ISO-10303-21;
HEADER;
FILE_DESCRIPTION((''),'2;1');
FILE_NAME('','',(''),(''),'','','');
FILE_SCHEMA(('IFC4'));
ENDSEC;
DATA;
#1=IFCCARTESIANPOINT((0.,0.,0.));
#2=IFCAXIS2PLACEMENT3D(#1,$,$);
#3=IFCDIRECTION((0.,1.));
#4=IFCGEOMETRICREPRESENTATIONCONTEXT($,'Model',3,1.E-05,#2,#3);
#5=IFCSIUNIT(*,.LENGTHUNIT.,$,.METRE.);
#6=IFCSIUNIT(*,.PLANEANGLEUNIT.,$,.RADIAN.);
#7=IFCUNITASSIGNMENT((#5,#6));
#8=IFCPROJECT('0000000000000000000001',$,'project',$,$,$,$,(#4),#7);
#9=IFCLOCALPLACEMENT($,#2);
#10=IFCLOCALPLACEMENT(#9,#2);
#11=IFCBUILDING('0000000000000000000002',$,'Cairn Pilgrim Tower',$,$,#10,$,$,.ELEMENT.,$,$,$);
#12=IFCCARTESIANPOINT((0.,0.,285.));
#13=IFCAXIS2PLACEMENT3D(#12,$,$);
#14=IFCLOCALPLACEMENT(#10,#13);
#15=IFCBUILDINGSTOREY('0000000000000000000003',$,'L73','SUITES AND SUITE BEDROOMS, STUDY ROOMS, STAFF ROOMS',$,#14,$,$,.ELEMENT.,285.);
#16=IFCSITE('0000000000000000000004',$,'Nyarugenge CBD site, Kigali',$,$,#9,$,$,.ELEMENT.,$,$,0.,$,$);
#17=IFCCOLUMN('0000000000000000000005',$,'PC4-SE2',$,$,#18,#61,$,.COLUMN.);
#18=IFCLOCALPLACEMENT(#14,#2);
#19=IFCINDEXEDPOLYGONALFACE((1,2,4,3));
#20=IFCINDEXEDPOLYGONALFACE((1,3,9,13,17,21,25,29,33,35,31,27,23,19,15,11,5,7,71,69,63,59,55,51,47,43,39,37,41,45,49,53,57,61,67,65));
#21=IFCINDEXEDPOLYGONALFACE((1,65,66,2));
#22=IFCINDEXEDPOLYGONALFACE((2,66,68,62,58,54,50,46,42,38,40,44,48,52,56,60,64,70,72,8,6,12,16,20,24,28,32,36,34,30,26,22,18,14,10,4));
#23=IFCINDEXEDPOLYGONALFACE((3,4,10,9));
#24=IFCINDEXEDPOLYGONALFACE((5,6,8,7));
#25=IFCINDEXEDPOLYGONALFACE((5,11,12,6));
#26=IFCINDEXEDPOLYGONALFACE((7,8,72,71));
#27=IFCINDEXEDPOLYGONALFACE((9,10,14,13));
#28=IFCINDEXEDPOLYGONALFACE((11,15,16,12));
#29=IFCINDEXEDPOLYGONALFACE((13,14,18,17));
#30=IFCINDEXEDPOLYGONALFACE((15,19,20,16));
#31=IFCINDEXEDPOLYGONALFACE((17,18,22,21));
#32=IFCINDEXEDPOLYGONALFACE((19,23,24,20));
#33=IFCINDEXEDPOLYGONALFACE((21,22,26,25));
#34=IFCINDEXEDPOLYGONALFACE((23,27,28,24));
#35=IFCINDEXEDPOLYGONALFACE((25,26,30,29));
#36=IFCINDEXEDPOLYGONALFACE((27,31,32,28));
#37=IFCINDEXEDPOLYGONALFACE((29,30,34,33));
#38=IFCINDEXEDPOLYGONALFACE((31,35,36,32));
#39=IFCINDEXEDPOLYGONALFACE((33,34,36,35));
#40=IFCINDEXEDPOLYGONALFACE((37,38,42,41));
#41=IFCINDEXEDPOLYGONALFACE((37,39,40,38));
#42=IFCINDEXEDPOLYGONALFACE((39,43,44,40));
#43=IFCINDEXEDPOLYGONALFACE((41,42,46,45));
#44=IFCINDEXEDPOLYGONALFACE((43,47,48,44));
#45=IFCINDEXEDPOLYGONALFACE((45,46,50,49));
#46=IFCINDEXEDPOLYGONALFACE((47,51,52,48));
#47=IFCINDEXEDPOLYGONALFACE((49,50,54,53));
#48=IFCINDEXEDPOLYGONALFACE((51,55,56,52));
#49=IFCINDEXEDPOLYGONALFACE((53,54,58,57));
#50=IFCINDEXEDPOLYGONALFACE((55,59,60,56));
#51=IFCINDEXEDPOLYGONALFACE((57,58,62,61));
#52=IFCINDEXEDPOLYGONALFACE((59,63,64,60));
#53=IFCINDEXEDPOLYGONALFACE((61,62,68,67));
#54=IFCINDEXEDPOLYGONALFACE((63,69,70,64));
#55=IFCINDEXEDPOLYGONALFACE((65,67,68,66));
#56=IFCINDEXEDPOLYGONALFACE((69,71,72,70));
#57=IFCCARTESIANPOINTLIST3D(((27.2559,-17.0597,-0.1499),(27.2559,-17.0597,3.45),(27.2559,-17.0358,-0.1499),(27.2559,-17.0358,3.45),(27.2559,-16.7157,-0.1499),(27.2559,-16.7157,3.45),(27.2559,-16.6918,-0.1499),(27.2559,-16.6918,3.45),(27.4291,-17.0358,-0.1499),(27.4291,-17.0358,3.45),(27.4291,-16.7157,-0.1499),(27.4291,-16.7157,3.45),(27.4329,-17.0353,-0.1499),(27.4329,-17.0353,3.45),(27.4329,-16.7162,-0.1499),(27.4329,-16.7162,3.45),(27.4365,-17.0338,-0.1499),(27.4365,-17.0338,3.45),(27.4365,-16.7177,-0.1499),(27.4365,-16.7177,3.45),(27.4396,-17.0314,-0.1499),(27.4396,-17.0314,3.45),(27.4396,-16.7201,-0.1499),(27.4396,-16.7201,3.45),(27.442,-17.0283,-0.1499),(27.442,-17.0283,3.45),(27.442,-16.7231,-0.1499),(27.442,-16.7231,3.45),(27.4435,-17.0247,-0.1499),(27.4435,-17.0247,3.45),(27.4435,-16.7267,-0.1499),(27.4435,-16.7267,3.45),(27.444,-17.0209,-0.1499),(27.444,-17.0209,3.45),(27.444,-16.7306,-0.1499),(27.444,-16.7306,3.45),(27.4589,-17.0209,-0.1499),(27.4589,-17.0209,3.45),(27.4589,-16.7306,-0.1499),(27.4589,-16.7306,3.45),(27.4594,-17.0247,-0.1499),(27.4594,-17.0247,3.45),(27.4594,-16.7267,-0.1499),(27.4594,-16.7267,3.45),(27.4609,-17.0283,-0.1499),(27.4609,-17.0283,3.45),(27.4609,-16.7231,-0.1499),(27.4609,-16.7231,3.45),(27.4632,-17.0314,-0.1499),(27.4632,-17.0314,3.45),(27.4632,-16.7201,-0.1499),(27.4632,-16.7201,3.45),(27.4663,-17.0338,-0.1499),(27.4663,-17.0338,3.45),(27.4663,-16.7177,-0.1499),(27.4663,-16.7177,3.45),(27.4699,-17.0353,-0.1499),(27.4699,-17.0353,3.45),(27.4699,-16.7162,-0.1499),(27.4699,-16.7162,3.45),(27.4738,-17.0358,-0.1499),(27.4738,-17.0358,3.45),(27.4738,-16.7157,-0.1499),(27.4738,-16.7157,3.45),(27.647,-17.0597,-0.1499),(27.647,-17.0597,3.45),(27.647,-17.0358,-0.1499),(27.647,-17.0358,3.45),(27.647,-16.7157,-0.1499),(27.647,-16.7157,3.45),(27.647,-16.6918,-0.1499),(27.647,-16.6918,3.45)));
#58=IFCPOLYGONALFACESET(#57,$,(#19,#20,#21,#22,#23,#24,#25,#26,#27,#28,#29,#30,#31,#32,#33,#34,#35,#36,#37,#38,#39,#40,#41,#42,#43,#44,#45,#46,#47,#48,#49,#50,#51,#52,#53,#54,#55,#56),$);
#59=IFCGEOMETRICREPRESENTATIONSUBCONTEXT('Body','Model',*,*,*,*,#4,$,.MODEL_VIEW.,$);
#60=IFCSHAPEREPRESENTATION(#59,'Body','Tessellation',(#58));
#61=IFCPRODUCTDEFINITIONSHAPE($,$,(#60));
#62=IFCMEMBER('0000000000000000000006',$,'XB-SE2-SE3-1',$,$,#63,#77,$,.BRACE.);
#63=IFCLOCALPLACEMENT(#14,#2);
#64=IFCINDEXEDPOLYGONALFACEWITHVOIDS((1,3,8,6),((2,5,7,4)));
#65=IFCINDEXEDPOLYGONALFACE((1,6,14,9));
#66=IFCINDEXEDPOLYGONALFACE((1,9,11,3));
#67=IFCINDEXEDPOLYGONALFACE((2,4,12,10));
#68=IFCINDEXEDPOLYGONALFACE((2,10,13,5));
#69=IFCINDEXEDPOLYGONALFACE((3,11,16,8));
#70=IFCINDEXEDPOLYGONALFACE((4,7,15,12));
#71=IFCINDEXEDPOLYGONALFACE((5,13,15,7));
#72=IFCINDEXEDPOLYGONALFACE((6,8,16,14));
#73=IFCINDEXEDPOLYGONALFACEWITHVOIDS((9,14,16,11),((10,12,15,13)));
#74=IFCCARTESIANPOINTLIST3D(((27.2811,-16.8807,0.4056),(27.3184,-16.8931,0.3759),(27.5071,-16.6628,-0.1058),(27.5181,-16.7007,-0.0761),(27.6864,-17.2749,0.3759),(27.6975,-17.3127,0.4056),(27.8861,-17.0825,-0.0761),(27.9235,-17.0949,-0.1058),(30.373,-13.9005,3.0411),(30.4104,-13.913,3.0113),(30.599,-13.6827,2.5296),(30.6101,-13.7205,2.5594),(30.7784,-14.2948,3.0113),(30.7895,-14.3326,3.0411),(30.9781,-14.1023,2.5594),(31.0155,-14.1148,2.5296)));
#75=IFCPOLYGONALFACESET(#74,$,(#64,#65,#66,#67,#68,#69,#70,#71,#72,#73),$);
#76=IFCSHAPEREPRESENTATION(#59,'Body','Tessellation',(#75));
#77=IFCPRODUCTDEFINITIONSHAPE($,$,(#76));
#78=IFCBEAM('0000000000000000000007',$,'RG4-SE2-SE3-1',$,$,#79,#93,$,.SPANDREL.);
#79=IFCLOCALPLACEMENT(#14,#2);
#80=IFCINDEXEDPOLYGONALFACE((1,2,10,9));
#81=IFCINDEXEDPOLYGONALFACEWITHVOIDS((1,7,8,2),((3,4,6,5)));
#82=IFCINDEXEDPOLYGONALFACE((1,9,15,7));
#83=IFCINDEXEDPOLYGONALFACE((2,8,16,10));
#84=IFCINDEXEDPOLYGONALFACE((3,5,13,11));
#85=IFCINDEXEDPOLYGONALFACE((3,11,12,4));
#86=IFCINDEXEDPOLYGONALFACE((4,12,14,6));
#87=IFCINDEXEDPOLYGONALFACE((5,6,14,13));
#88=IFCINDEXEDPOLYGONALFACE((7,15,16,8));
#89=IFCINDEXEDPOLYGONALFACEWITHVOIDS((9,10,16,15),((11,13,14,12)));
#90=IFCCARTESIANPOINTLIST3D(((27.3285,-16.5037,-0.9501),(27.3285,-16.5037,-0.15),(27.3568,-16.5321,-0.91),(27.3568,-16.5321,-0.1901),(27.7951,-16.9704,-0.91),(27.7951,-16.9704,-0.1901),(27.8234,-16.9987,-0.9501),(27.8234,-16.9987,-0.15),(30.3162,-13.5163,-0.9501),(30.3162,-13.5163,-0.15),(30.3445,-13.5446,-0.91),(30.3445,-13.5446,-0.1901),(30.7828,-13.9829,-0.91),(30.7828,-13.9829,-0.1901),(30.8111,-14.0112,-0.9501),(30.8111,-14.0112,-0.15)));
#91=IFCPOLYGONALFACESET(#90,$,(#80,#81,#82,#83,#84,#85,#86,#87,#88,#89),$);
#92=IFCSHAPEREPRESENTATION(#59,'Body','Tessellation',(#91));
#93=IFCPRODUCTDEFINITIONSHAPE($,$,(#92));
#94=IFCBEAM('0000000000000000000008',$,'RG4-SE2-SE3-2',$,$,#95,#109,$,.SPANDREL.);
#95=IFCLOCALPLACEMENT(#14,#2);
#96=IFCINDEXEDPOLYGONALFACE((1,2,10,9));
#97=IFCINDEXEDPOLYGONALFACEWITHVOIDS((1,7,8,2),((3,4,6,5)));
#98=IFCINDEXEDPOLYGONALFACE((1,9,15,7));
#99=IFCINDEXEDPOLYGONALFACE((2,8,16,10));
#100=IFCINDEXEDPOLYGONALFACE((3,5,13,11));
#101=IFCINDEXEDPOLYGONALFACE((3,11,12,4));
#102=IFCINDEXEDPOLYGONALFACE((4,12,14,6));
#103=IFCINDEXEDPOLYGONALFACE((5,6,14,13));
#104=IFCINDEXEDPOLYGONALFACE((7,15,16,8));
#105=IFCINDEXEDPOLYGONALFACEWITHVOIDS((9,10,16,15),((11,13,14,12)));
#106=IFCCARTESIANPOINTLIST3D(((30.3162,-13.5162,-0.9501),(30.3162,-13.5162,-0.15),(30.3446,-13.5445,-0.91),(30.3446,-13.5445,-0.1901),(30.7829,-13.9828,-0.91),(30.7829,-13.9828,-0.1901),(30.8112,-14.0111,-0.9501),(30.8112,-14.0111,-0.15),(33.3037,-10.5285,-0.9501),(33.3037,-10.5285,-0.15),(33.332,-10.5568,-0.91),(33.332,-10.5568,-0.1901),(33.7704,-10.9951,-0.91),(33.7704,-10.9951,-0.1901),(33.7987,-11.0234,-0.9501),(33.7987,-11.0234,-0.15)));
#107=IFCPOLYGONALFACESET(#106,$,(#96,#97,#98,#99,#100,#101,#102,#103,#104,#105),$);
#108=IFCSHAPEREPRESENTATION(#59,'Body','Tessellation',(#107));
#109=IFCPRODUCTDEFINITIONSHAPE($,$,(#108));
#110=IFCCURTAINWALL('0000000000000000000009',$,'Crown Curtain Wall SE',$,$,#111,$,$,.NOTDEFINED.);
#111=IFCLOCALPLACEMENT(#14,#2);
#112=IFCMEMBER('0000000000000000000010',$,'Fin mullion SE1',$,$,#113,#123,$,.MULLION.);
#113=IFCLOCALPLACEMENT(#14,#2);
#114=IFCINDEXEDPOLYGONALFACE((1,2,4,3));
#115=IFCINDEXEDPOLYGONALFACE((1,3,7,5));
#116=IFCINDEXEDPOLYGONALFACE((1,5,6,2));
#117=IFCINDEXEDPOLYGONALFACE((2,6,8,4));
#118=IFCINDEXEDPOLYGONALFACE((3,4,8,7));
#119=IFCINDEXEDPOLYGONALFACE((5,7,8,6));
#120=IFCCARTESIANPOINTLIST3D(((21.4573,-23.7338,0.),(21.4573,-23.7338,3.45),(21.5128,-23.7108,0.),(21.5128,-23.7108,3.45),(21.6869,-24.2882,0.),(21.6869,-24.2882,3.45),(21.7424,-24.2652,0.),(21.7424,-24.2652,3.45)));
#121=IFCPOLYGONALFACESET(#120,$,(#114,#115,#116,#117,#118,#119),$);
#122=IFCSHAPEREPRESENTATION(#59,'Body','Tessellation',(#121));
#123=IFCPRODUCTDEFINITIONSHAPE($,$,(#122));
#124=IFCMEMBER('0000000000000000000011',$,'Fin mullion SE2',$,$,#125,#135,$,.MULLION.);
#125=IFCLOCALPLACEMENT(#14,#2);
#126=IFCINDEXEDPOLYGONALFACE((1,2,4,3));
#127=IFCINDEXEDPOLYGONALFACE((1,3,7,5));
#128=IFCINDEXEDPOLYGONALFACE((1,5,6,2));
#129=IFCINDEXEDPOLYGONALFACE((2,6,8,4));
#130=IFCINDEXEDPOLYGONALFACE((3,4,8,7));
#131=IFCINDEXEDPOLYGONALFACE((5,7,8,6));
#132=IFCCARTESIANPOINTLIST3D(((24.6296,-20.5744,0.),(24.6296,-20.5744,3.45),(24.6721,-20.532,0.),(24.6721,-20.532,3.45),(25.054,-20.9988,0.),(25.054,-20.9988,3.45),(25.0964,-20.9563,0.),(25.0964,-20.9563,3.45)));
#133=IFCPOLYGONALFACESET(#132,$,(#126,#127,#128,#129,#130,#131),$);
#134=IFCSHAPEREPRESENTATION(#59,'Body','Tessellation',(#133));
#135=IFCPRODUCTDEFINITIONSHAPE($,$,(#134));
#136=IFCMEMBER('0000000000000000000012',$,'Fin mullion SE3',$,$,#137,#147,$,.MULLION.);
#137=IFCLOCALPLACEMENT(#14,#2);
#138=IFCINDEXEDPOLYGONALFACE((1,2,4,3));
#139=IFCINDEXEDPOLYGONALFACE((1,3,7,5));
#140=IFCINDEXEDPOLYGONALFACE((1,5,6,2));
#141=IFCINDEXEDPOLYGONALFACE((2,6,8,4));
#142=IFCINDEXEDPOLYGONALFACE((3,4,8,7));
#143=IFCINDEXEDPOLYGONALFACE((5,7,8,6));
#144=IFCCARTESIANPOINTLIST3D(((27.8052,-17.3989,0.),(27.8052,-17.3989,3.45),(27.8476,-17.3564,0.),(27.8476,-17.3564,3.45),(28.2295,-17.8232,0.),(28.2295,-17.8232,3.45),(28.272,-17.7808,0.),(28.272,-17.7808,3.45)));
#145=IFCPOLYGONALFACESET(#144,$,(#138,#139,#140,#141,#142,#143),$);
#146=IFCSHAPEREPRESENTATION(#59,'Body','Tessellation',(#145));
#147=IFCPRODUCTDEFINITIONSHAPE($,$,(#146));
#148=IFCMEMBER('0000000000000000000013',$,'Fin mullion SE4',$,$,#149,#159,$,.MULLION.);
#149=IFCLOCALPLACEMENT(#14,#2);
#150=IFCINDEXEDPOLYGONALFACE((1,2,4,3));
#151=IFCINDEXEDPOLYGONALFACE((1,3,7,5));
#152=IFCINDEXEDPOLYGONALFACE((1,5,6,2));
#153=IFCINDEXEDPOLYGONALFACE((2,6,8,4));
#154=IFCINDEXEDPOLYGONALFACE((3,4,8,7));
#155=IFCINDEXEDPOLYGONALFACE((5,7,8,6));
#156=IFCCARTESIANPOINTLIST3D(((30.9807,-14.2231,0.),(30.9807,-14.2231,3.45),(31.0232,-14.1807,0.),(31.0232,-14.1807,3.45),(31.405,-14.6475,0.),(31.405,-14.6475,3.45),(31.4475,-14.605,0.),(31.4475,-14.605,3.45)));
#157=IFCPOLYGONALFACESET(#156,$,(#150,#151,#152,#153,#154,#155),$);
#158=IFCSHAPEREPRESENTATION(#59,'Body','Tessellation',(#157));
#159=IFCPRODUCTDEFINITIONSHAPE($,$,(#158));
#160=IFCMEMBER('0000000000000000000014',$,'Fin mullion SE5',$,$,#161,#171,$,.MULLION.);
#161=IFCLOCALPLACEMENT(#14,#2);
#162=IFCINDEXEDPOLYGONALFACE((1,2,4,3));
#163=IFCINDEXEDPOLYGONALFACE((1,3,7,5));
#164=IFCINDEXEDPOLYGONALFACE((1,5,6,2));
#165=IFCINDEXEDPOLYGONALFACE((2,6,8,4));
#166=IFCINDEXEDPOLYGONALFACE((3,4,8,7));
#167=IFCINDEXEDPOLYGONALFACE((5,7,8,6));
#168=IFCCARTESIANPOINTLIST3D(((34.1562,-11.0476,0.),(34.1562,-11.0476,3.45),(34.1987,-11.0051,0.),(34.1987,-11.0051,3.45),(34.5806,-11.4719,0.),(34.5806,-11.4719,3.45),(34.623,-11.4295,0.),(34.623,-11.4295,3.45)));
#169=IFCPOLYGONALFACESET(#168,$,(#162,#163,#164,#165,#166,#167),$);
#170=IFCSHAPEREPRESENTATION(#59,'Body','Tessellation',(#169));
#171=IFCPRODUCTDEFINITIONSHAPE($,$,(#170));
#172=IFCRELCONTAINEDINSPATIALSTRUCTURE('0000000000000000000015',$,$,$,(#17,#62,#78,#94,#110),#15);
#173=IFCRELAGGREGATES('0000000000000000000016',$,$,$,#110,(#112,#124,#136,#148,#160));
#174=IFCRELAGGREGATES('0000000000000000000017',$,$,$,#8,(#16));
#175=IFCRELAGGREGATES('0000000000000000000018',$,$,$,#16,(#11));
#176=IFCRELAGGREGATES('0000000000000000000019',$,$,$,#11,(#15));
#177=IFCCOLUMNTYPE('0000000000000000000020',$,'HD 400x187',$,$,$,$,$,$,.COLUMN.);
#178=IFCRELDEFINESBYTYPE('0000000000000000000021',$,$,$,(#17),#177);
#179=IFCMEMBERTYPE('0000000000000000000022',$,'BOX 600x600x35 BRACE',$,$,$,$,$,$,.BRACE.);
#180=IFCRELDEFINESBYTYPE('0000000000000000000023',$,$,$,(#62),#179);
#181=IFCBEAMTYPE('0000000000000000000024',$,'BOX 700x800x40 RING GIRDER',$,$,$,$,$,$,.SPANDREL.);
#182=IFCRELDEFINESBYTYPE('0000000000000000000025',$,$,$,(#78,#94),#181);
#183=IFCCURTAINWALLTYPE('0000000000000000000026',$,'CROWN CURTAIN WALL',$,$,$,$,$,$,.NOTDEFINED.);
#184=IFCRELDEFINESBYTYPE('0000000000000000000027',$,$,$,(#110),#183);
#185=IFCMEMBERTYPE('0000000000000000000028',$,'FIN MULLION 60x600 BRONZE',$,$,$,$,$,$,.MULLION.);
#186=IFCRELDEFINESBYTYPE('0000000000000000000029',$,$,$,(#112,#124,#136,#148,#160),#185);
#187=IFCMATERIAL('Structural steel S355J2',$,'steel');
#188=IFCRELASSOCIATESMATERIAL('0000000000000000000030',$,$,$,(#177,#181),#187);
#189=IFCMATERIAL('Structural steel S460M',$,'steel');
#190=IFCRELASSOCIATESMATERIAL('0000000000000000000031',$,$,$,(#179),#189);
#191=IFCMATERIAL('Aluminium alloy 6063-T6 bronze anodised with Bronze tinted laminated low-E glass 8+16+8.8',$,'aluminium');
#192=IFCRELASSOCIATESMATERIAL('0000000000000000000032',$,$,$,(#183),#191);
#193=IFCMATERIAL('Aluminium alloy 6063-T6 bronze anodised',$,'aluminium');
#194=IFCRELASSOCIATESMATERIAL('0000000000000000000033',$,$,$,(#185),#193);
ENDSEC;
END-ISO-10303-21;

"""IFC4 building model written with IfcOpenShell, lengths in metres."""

from ifc_helpers import new_model, si_unit, direction, frame, origin, origin_2d, place, context, subcontext, project, spatial, rectangle, hollow_rectangle, i_section, extrude, material, material_profile, profile_set, type_object, element, aggregate, save


model = new_model("IFC4")

# Units and contexts
model_context = context("Model", 3, precision=1e-05, world=origin(), true_north=direction((0.0, 1.0)))
body_context = subcontext(model_context, "Body", "Model", "MODEL_VIEW")
ifc_project = project(units=[si_unit("LENGTHUNIT", "METRE"), si_unit("PLANEANGLEUNIT", "RADIAN")], contexts=[model_context])

# Site, building, storey
site_placement = place(None, origin())
site = spatial("IfcSite", under=ifc_project, at=site_placement, Name="Nyarugenge CBD site, Kigali", CompositionType="ELEMENT", RefElevation=0.0)
building_placement = place(site_placement, origin())
building = spatial("IfcBuilding", under=site, at=building_placement, Name="Cairn Pilgrim Tower", CompositionType="ELEMENT")
storey_placement = place(building_placement, frame((0.0, 0.0, 285.0)))
storey = spatial("IfcBuildingStorey", under=building, at=storey_placement, Name="L73", Description="SUITES AND SUITE BEDROOMS, STUDY ROOMS, STAFF ROOMS", CompositionType="ELEMENT", Elevation=285.0)

# Column
ifc_material_1 = material(Name="Structural steel S355J2", Category="steel")
ifc_material_profile_1 = material_profile(ifc_material_1, i_section(OverallWidth=0.3911, OverallDepth=0.3679, WebThickness=0.0149, FlangeThickness=0.0239, FilletRadius=0.0149, at=origin_2d()), Name="HD 400x187")
ifc_profile_set_1 = profile_set([ifc_material_profile_1], Name="Structural steel S355J2")
column_type = type_object("IfcColumnType", Name="HD 400x187", PredefinedType="COLUMN", material=ifc_profile_set_1)
column_placement = place(storey_placement, frame((27.4514, -16.8757, -0.1499), z_axis=(0.0, 0.0, 1.0), x_axis=(1.0, 0.0, 0.0)))
element("IfcColumn", 1, at=column_placement, inside=storey, type_object=column_type, Name="PC4-SE2", PredefinedType="COLUMN", context=body_context, shape_type="SweptSolid", body=[
    extrude(i_section(OverallWidth=0.3911, OverallDepth=0.3679, WebThickness=0.0149, FlangeThickness=0.0239, FilletRadius=0.0149, at=origin_2d()), origin(), (0.0, 0.0, 1.0), 3.5999),
])

# Member
ifc_material_2 = material(Name="Structural steel S460M", Category="steel")
ifc_material_profile_2 = material_profile(ifc_material_2, hollow_rectangle(XDim=0.6001, YDim=0.6001, WallThickness=0.0349, at=origin_2d()), Name="BOX 600x600x35")
ifc_profile_set_2 = profile_set([ifc_material_profile_2], Name="Structural steel S460M")
member_type_1 = type_object("IfcMemberType", Name="BOX 600x600x35 BRACE", PredefinedType="BRACE", material=ifc_profile_set_2)
member_1_placement = place(storey_placement, frame((27.6023, -16.9878, 0.1499), z_axis=(0.613661, 0.591469, 0.523053), x_axis=(-0.693968, 0.720006, 0.0)))
element("IfcMember", 2, at=member_1_placement, inside=storey, type_object=member_type_1, Name="XB-SE2-SE3-1", PredefinedType="BRACE", context=body_context, shape_type="SweptSolid", body=[
    extrude(hollow_rectangle(XDim=0.6001, YDim=0.6001, WallThickness=0.0349, at=origin_2d()), origin(), (0.0, 0.0, 1.0), 5.0386),
])

# Beams
ifc_material_profile_3 = material_profile(ifc_material_1, hollow_rectangle(XDim=0.7, YDim=0.8, WallThickness=0.04, at=origin_2d()), Name="BOX 700x800x40")
ifc_profile_set_3 = profile_set([ifc_material_profile_3], Name="Structural steel S355J2")
beam_type_1 = type_object("IfcBeamType", Name="BOX 700x800x40 RING GIRDER", PredefinedType="SPANDREL", material=ifc_profile_set_3)
for number, where, z_axis, x_axis, name in (
    (3, (27.5759, -16.7512, -0.55), (0.707136, 0.707078, 0.0), (-0.707078, 0.707136, 0.0), "RG4-SE2-SE3-1"),
    (4, (30.5637, -13.7637, -0.55), (0.707078, 0.707136, 0.0), (-0.707136, 0.707078, 0.0), "RG4-SE2-SE3-2"),
):
    element("IfcBeam", number, at=place(storey_placement, frame(where, z_axis=z_axis, x_axis=x_axis)), inside=storey, type_object=beam_type_1, Name=name, PredefinedType="SPANDREL", context=body_context, shape_type="SweptSolid", body=[
        extrude(hollow_rectangle(XDim=0.7, YDim=0.8, WallThickness=0.04, at=origin_2d()), origin(), (0.0, 0.0, 1.0), 4.2251),
    ])

# Curtain wall, members
ifc_material_3 = material(Name="Aluminium alloy 6063-T6 bronze anodised with Bronze tinted laminated low-E glass 8+16+8.8", Category="aluminium")
curtain_wall_type = type_object("IfcCurtainWallType", Name="CROWN CURTAIN WALL", PredefinedType="NOTDEFINED", material=ifc_material_3)
curtain_wall_placement = place(storey_placement, origin())
curtain_wall = element("IfcCurtainWall", 5, at=curtain_wall_placement, inside=storey, type_object=curtain_wall_type, Name="Crown Curtain Wall SE", PredefinedType="NOTDEFINED")
ifc_material_4 = material(Name="Aluminium alloy 6063-T6 bronze anodised", Category="aluminium")
ifc_material_profile_4 = material_profile(ifc_material_4, rectangle(XDim=0.6001, YDim=0.0601, at=origin_2d()), Name="FIN MULLION 60x600 BRONZE")
ifc_profile_set_4 = profile_set([ifc_material_profile_4], Name="Aluminium alloy 6063-T6 bronze anodised")
member_type_2 = type_object("IfcMemberType", Name="FIN MULLION 60x600 BRONZE", PredefinedType="MULLION", material=ifc_profile_set_4)
member_2_placement = place(storey_placement, frame((21.5999, -23.9995, 0.0), z_axis=(0.0, 0.0, 1.0), x_axis=(0.382683, -0.92388, 0.0)))
member_2 = element("IfcMember", 6, at=member_2_placement, type_object=member_type_2, Name="Fin mullion SE1", PredefinedType="MULLION", context=body_context, shape_type="SweptSolid", body=[
    extrude(rectangle(XDim=0.6001, YDim=0.0601, at=origin_2d()), origin(), (0.0, 0.0, 1.0), 3.45),
])
member_3_placement = place(storey_placement, frame((24.863, -20.7654, 0.0), z_axis=(0.0, 0.0, 1.0), x_axis=(0.707107, -0.707107, 0.0)))
member_3 = element("IfcMember", 7, at=member_3_placement, type_object=member_type_2, Name="Fin mullion SE2", PredefinedType="MULLION", context=body_context, shape_type="SweptSolid", body=[
    extrude(rectangle(XDim=0.6001, YDim=0.0601, at=origin_2d()), origin(), (0.0, 0.0, 1.0), 3.45),
])
member_4_placement = place(storey_placement, frame((28.0386, -17.5898, 0.0), z_axis=(0.0, 0.0, 1.0), x_axis=(0.707107, -0.707107, 0.0)))
member_4 = element("IfcMember", 8, at=member_4_placement, type_object=member_type_2, Name="Fin mullion SE3", PredefinedType="MULLION", context=body_context, shape_type="SweptSolid", body=[
    extrude(rectangle(XDim=0.6001, YDim=0.0601, at=origin_2d()), origin(), (0.0, 0.0, 1.0), 3.45),
])
member_5_placement = place(storey_placement, frame((31.2141, -14.4141, 0.0), z_axis=(0.0, 0.0, 1.0), x_axis=(0.707107, -0.707107, 0.0)))
member_5 = element("IfcMember", 9, at=member_5_placement, type_object=member_type_2, Name="Fin mullion SE4", PredefinedType="MULLION", context=body_context, shape_type="SweptSolid", body=[
    extrude(rectangle(XDim=0.6001, YDim=0.0601, at=origin_2d()), origin(), (0.0, 0.0, 1.0), 3.45),
])
member_6_placement = place(storey_placement, frame((34.3896, -11.2385, 0.0), z_axis=(0.0, 0.0, 1.0), x_axis=(0.707107, -0.707107, 0.0)))
member_6 = element("IfcMember", 10, at=member_6_placement, type_object=member_type_2, Name="Fin mullion SE5", PredefinedType="MULLION", context=body_context, shape_type="SweptSolid", body=[
    extrude(rectangle(XDim=0.6001, YDim=0.0601, at=origin_2d()), origin(), (0.0, 0.0, 1.0), 3.45),
])

aggregate(curtain_wall, [member_2, member_3, member_4, member_5, member_6])

save(model, "model.ifc")
